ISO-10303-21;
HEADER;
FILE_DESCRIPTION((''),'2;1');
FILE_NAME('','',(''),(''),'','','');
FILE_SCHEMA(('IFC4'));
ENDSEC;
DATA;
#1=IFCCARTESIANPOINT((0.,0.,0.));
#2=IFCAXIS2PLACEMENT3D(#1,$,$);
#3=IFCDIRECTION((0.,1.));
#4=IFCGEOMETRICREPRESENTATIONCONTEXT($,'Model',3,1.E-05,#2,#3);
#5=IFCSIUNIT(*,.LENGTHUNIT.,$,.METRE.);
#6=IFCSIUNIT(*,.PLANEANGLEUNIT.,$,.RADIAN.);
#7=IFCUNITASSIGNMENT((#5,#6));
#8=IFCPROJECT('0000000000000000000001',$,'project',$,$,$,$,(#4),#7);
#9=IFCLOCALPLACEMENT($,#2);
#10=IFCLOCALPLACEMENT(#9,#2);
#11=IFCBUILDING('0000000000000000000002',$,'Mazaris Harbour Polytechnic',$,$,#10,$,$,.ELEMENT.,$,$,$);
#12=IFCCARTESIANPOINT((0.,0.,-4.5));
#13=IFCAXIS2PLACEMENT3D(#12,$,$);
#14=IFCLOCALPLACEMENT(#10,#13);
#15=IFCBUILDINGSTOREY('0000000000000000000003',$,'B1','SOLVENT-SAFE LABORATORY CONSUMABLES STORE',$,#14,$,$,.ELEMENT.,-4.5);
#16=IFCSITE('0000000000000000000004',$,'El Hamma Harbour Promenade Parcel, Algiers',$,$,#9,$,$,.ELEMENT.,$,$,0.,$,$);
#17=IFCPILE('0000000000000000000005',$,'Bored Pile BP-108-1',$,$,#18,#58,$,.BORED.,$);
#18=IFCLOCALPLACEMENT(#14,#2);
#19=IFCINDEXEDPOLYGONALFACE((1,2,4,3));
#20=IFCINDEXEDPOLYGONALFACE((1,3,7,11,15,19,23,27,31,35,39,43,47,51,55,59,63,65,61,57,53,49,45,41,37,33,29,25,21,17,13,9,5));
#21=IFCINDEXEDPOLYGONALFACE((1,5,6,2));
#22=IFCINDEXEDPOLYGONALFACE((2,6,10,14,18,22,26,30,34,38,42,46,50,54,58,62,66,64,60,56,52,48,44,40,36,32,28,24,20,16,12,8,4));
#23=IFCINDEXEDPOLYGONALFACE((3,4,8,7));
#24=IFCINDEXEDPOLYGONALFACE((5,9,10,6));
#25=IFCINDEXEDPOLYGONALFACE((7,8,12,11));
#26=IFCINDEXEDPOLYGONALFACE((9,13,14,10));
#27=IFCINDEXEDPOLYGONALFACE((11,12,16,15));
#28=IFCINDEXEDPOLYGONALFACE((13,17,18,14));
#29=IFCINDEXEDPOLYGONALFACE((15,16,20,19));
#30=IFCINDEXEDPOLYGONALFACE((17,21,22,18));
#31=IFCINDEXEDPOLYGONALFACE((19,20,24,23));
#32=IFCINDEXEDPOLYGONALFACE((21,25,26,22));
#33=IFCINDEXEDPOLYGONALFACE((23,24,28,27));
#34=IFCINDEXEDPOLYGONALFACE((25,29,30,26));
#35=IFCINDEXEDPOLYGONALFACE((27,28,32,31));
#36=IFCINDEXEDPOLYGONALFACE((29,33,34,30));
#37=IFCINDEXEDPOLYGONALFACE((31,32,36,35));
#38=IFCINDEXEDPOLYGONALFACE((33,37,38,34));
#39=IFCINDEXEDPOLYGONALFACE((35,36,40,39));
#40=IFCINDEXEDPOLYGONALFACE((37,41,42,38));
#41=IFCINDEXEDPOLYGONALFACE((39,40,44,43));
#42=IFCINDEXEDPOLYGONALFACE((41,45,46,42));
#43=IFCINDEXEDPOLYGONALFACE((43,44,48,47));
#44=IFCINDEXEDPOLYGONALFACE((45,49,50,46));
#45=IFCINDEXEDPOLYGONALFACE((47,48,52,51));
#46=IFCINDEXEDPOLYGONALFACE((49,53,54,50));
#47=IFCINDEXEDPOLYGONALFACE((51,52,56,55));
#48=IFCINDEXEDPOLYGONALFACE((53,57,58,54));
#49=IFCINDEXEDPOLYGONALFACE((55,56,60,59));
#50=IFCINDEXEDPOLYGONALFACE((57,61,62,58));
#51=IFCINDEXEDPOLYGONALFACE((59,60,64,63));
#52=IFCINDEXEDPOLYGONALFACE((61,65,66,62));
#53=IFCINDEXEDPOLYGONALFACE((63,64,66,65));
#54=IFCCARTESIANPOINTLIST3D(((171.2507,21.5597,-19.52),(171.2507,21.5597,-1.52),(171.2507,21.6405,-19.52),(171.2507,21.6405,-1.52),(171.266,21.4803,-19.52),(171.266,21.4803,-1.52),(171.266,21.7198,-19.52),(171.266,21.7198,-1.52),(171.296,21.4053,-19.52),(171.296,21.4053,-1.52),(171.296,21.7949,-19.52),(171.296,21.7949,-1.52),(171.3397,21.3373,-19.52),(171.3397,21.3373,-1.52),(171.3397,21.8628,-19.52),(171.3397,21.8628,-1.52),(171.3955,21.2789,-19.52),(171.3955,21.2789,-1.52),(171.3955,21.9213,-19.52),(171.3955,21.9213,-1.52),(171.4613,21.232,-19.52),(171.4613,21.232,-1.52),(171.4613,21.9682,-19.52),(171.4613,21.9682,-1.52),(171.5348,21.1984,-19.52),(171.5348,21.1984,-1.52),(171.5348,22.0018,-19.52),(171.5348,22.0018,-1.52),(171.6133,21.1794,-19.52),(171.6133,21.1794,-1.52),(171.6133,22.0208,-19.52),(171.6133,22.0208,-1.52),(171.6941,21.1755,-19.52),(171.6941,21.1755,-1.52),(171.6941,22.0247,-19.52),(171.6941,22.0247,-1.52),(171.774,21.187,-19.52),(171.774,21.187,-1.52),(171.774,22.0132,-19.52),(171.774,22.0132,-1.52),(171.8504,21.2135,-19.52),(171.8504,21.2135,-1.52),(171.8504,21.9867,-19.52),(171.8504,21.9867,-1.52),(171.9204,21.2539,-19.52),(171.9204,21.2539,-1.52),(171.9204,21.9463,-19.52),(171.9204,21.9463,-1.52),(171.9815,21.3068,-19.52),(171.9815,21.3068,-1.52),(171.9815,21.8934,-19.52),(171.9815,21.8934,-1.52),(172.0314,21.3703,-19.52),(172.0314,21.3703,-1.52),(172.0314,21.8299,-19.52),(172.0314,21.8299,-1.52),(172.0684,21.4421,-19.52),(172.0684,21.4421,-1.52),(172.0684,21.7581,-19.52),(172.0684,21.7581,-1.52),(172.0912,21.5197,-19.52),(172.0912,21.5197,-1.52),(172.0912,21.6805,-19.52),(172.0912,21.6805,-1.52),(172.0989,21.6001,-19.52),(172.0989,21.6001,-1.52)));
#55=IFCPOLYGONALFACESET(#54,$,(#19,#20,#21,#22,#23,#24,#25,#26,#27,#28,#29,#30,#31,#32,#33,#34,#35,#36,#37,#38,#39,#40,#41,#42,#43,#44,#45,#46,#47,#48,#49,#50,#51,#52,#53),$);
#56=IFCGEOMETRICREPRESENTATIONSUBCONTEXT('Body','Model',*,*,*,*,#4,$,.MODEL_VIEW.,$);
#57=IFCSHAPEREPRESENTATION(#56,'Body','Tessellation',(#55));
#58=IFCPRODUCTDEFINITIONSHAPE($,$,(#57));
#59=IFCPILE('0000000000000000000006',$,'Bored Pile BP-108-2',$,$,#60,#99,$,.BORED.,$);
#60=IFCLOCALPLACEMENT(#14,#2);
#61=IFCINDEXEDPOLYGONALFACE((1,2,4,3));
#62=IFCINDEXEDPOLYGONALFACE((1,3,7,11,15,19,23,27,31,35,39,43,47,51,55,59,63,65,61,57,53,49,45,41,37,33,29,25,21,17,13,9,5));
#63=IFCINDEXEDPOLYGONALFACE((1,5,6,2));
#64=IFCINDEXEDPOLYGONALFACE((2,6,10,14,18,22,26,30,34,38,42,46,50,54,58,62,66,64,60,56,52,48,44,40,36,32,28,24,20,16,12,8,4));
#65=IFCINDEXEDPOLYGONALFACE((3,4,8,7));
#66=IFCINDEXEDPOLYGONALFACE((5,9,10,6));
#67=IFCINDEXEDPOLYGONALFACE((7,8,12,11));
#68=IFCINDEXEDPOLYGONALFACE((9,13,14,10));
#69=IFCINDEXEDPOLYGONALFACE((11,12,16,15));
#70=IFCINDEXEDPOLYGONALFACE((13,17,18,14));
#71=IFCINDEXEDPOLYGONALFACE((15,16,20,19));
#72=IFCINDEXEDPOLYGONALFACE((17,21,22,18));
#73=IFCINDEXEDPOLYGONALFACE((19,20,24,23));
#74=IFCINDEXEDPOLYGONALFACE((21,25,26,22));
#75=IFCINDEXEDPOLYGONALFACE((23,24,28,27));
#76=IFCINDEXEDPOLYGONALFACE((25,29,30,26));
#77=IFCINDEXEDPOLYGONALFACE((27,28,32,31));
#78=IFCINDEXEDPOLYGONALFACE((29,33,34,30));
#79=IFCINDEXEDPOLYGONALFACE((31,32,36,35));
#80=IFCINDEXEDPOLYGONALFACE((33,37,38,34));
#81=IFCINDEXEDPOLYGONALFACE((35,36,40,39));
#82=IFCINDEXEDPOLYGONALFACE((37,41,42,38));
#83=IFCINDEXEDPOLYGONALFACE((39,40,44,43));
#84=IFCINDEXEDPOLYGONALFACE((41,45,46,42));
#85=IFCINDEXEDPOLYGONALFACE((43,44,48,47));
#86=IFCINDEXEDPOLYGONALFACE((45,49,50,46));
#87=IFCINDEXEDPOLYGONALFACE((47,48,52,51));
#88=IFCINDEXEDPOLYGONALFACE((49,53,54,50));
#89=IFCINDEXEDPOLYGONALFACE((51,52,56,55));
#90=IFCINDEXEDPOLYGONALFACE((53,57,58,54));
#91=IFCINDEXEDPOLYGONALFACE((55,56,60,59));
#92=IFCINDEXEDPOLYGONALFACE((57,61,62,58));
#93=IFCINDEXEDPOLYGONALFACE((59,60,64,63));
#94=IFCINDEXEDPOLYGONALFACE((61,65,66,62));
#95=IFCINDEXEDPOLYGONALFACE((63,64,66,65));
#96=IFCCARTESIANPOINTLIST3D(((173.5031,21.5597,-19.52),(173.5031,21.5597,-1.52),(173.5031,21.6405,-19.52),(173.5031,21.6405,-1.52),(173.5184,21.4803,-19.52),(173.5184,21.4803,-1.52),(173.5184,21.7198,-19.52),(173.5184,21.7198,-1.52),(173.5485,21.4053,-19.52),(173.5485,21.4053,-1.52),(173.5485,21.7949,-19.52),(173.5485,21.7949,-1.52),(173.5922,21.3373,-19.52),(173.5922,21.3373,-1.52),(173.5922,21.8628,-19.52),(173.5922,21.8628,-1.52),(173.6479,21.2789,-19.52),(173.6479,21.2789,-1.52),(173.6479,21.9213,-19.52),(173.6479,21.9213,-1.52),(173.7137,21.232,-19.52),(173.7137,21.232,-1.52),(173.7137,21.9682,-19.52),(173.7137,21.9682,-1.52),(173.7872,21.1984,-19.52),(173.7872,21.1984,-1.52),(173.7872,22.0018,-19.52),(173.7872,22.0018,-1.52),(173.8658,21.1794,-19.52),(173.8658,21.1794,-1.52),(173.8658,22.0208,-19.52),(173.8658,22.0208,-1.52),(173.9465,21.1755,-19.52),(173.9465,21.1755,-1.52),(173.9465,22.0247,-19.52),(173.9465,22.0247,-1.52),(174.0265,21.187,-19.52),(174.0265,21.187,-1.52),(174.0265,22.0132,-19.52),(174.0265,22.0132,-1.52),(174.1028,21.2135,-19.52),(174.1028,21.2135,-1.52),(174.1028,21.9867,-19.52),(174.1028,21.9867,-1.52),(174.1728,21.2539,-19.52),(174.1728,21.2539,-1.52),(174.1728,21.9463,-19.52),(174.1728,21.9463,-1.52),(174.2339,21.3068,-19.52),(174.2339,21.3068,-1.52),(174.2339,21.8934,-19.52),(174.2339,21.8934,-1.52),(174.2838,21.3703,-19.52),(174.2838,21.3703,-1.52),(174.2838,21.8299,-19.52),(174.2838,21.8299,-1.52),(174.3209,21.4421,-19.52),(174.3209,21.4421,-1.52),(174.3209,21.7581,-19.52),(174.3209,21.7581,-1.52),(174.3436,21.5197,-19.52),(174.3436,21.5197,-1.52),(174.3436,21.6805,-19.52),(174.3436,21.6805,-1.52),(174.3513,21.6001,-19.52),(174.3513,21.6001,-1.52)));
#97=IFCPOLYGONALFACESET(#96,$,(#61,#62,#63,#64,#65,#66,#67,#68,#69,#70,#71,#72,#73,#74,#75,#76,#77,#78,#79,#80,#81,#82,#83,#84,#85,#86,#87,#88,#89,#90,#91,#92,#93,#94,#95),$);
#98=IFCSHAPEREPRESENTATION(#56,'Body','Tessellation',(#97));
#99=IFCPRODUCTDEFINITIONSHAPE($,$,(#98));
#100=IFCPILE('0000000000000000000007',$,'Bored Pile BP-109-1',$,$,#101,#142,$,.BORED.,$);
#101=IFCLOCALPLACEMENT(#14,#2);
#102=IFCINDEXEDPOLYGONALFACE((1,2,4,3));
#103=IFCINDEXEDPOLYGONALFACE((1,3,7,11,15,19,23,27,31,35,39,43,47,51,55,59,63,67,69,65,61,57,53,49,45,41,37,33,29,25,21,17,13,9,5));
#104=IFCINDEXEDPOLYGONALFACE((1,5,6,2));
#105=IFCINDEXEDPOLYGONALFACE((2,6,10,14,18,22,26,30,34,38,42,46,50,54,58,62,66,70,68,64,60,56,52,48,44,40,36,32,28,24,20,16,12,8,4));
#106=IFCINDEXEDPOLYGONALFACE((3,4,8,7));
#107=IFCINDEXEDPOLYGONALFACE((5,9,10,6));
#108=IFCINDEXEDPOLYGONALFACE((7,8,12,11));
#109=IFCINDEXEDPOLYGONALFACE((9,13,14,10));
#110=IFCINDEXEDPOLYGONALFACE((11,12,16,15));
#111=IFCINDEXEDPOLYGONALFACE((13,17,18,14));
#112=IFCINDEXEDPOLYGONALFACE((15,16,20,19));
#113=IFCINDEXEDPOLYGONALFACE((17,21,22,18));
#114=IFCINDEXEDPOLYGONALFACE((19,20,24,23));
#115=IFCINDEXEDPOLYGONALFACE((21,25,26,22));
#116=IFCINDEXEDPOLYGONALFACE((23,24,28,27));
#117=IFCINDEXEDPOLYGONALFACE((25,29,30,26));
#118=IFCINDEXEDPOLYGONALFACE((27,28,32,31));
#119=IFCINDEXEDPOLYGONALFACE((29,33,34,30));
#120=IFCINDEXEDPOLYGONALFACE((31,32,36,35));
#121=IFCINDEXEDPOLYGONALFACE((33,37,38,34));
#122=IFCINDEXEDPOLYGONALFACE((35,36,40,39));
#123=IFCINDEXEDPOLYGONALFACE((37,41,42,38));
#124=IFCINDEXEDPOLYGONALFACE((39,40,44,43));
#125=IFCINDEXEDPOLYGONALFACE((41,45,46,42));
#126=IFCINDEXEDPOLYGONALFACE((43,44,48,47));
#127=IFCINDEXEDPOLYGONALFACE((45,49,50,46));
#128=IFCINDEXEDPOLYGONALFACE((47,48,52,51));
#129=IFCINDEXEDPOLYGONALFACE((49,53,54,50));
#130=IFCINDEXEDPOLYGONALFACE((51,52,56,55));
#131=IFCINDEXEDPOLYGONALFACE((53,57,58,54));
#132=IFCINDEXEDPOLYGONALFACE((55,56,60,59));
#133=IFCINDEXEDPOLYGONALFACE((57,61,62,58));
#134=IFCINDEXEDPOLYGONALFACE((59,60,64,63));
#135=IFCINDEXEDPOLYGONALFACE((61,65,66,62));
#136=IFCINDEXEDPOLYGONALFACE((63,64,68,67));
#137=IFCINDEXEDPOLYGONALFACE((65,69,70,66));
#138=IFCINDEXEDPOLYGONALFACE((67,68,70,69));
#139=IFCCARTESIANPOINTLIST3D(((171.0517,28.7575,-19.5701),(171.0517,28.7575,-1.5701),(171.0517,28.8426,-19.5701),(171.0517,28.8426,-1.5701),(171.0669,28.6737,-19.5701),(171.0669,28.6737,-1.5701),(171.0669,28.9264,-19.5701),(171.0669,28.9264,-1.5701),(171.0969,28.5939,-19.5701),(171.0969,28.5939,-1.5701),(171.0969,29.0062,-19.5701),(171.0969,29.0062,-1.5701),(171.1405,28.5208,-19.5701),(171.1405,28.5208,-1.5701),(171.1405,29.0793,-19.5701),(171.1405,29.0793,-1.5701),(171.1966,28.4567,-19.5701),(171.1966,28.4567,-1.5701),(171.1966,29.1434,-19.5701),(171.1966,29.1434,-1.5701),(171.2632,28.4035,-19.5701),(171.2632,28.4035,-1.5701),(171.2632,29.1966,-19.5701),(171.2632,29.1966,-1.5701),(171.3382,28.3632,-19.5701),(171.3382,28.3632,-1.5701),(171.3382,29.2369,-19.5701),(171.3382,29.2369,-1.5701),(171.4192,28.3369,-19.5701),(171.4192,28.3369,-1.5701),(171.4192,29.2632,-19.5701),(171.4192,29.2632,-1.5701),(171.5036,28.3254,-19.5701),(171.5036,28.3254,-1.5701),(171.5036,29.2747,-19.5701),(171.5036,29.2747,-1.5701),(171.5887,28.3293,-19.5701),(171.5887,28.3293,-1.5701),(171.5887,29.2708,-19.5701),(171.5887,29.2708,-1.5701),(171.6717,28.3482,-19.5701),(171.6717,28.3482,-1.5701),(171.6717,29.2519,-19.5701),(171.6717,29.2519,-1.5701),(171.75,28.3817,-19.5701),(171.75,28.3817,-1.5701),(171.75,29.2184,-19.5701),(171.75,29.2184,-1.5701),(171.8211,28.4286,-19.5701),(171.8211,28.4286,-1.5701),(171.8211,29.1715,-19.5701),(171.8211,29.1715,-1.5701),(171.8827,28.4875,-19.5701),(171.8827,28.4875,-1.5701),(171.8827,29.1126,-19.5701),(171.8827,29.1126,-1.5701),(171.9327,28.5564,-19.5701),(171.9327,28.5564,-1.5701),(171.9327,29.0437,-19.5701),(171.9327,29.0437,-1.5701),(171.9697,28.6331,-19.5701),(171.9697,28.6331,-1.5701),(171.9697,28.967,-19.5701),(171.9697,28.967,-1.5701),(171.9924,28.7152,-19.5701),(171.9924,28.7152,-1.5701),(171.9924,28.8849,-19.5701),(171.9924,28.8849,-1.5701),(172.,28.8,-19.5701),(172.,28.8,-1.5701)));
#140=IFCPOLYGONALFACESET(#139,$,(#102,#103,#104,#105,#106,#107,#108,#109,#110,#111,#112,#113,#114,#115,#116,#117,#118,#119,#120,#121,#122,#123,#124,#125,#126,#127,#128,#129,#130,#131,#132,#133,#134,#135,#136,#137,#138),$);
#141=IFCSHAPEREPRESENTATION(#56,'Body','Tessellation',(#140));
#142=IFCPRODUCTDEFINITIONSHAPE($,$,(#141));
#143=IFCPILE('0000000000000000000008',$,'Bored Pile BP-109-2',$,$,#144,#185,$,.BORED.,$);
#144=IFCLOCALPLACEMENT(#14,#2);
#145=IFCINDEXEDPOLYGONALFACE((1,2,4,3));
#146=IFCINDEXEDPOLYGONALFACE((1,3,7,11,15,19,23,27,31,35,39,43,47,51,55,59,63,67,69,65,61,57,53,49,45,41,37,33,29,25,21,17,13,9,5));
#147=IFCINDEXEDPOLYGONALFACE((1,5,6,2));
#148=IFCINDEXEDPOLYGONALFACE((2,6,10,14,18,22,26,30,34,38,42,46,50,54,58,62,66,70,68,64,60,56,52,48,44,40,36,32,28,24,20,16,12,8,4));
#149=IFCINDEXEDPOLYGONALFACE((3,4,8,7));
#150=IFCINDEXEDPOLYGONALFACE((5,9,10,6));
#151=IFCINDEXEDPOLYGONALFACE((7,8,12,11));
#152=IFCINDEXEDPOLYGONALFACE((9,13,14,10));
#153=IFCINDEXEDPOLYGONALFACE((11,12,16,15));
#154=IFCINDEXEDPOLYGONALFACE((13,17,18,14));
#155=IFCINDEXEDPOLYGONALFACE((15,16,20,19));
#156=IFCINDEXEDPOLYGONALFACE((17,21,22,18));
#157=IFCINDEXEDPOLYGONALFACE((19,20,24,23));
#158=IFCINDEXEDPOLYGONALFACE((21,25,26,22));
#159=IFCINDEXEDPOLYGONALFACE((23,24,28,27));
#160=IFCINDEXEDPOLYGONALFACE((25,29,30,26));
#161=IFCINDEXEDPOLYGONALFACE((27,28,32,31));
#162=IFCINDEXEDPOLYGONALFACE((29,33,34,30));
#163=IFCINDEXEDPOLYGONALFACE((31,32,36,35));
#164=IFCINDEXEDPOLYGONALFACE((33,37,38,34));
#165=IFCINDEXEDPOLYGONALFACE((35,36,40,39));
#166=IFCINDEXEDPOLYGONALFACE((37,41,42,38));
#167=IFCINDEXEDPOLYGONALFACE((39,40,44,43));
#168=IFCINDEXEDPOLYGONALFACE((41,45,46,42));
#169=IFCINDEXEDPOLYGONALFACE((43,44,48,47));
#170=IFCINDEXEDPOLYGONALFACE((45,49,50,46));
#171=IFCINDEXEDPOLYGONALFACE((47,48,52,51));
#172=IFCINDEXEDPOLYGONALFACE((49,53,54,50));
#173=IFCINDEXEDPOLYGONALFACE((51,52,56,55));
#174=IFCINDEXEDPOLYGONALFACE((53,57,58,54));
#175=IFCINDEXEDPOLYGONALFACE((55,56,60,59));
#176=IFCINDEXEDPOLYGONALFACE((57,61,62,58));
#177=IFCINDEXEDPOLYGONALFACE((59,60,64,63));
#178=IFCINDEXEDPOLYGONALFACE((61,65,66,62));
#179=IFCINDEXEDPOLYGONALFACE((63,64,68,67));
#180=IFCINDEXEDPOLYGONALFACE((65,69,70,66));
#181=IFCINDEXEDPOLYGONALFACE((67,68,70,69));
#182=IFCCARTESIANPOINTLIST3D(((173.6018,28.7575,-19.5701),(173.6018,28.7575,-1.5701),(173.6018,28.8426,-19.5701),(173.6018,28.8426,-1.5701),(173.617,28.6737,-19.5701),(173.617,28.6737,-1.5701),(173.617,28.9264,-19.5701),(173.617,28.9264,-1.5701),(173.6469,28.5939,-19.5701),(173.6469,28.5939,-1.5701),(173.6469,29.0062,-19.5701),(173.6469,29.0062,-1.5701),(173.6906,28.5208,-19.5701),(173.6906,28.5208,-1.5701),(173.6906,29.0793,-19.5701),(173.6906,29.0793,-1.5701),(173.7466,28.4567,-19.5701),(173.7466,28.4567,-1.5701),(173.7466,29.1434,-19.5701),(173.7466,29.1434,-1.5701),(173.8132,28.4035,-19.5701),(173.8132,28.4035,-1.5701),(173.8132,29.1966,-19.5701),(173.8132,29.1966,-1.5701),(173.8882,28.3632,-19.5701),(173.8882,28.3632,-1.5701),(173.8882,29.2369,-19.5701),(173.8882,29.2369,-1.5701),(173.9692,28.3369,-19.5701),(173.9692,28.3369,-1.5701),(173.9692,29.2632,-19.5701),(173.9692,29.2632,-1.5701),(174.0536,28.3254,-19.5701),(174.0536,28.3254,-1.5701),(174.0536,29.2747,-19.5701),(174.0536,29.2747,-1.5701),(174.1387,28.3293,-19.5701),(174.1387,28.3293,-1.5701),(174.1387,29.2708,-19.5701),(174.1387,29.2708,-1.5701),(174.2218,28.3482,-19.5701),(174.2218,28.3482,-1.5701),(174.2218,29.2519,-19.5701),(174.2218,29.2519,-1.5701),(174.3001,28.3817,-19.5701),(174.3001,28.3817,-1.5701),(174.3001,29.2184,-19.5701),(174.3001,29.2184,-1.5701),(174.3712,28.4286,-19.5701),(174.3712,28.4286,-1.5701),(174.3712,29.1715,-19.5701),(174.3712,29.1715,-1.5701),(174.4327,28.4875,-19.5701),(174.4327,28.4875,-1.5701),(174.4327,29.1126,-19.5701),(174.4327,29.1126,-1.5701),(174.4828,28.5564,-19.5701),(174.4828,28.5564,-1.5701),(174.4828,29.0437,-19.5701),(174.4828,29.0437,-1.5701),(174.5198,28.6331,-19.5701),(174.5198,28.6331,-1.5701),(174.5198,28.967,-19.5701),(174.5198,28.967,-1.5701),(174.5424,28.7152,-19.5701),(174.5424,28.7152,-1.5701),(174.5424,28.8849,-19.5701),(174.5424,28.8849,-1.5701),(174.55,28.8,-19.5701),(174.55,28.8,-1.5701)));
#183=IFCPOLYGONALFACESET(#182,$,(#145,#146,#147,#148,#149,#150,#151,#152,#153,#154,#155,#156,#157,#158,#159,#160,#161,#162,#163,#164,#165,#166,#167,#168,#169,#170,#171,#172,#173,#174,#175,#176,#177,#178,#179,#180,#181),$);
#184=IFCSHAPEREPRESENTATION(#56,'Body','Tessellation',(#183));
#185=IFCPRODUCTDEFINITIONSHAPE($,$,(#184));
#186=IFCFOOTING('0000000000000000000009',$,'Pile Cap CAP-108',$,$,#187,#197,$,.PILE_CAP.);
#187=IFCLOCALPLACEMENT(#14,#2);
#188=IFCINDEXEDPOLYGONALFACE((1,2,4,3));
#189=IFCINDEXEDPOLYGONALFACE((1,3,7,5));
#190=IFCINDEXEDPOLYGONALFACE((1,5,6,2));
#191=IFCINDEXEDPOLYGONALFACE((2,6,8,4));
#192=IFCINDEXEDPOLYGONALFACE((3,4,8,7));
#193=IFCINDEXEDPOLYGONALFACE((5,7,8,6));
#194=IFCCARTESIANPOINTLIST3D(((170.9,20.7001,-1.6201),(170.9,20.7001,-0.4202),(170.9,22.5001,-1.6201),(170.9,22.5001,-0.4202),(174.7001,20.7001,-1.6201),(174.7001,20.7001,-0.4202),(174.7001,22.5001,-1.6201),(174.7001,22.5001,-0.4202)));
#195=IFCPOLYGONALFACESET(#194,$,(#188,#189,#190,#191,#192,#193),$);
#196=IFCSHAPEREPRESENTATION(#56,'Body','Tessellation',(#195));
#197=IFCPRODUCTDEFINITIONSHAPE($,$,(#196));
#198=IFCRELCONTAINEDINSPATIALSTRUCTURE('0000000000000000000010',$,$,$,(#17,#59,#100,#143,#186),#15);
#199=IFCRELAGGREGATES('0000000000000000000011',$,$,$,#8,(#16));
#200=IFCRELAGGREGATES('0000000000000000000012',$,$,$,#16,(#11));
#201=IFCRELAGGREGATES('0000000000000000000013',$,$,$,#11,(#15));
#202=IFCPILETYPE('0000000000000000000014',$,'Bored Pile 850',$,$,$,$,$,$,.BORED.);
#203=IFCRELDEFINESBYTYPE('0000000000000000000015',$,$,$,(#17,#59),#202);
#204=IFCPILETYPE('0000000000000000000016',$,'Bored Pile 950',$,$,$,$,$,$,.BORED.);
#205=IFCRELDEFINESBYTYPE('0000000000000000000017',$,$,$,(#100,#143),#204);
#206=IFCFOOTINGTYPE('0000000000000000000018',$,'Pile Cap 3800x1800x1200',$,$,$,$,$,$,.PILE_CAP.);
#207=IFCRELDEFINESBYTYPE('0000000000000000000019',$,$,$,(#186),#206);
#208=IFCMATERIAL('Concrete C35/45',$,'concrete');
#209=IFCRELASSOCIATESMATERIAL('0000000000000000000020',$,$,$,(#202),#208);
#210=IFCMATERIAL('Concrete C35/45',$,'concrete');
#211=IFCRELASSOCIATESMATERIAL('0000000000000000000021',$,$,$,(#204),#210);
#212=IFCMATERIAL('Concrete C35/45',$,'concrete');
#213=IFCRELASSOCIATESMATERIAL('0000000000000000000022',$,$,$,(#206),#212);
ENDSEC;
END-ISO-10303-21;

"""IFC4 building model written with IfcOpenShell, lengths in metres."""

from ifc_helpers import new_model, si_unit, direction, frame, origin, origin_2d, place, context, subcontext, project, spatial, rectangle, circle, extrude, material, material_profile, profile_set, type_object, element, save


model = new_model("IFC4")

# Units and contexts
model_context = context("Model", 3, precision=1e-05, world=origin(), true_north=direction((0.0, 1.0)))
body_context = subcontext(model_context, "Body", "Model", "MODEL_VIEW")
ifc_project = project(units=[si_unit("LENGTHUNIT", "METRE"), si_unit("PLANEANGLEUNIT", "RADIAN")], contexts=[model_context])

# Site, building, storey
site_placement = place(None, origin())
site = spatial("IfcSite", under=ifc_project, at=site_placement, Name="El Hamma Harbour Promenade Parcel, Algiers", CompositionType="ELEMENT", RefElevation=0.0)
building_placement = place(site_placement, origin())
building = spatial("IfcBuilding", under=site, at=building_placement, Name="Mazaris Harbour Polytechnic", CompositionType="ELEMENT")
storey_placement = place(building_placement, frame((0.0, 0.0, -4.5)))
storey = spatial("IfcBuildingStorey", under=building, at=storey_placement, Name="B1", Description="SOLVENT-SAFE LABORATORY CONSUMABLES STORE", CompositionType="ELEMENT", Elevation=-4.5)

# Piles
ifc_material_1 = material(Name="Concrete C35/45", Category="concrete")
ifc_material_profile_1 = material_profile(ifc_material_1, circle(Radius=0.425, at=origin_2d()), Name="DIA850")
ifc_profile_set_1 = profile_set([ifc_material_profile_1], Name="Concrete C35/45")
pile_type_1 = type_object("IfcPileType", Name="Bored Pile 850", PredefinedType="BORED", material=ifc_profile_set_1)
for number, where, z_axis, x_axis, name in (
    (1, (171.6738, 21.6001, -1.52), (0.0, 0.0, -1.0), (1.0, 0.0, 0.0), "Bored Pile BP-108-1"),
    (2, (173.9263, 21.6001, -1.52), (0.0, 0.0, -1.0), (1.0, 0.0, 0.0), "Bored Pile BP-108-2"),
):
    element("IfcPile", number, at=place(storey_placement, frame(where, z_axis=z_axis, x_axis=x_axis)), inside=storey, type_object=pile_type_1, Name=name, PredefinedType="BORED", context=body_context, shape_type="SweptSolid", body=[
        extrude(circle(Radius=0.425, at=origin_2d()), origin(), (0.0, 0.0, 1.0), 18.0),
    ])
ifc_material_2 = material(Name="Concrete C35/45", Category="concrete")
ifc_material_profile_2 = material_profile(ifc_material_2, circle(Radius=0.4751, at=origin_2d()), Name="DIA950")
ifc_profile_set_2 = profile_set([ifc_material_profile_2], Name="Concrete C35/45")
pile_type_2 = type_object("IfcPileType", Name="Bored Pile 950", PredefinedType="BORED", material=ifc_profile_set_2)
for number, where, z_axis, x_axis, name in (
    (3, (171.5249, 28.8, -1.5701), (0.0, 0.0, -1.0), (1.0, 0.0, 0.0), "Bored Pile BP-109-1"),
    (4, (174.075, 28.8, -1.5701), (0.0, 0.0, -1.0), (1.0, 0.0, 0.0), "Bored Pile BP-109-2"),
):
    element("IfcPile", number, at=place(storey_placement, frame(where, z_axis=z_axis, x_axis=x_axis)), inside=storey, type_object=pile_type_2, Name=name, PredefinedType="BORED", context=body_context, shape_type="SweptSolid", body=[
        extrude(circle(Radius=0.4751, at=origin_2d()), origin(), (0.0, 0.0, 1.0), 18.0),
    ])

# Footing
ifc_material_3 = material(Name="Concrete C35/45", Category="concrete")
footing_type_1 = type_object("IfcFootingType", Name="Pile Cap 3800x1800x1200", PredefinedType="PILE_CAP", material=ifc_material_3)
footing_1_placement = place(storey_placement, frame((172.8, 21.6001, -1.6201), z_axis=(0.0, 0.0, 1.0), x_axis=(1.0, 0.0, 0.0)))
element("IfcFooting", 5, at=footing_1_placement, inside=storey, type_object=footing_type_1, Name="Pile Cap CAP-108", PredefinedType="PILE_CAP", context=body_context, shape_type="SweptSolid", body=[
    extrude(rectangle(XDim=3.8, YDim=1.8, at=origin_2d()), origin(), (0.0, 0.0, 1.0), 1.2),
])

save(model, "model.ifc")
